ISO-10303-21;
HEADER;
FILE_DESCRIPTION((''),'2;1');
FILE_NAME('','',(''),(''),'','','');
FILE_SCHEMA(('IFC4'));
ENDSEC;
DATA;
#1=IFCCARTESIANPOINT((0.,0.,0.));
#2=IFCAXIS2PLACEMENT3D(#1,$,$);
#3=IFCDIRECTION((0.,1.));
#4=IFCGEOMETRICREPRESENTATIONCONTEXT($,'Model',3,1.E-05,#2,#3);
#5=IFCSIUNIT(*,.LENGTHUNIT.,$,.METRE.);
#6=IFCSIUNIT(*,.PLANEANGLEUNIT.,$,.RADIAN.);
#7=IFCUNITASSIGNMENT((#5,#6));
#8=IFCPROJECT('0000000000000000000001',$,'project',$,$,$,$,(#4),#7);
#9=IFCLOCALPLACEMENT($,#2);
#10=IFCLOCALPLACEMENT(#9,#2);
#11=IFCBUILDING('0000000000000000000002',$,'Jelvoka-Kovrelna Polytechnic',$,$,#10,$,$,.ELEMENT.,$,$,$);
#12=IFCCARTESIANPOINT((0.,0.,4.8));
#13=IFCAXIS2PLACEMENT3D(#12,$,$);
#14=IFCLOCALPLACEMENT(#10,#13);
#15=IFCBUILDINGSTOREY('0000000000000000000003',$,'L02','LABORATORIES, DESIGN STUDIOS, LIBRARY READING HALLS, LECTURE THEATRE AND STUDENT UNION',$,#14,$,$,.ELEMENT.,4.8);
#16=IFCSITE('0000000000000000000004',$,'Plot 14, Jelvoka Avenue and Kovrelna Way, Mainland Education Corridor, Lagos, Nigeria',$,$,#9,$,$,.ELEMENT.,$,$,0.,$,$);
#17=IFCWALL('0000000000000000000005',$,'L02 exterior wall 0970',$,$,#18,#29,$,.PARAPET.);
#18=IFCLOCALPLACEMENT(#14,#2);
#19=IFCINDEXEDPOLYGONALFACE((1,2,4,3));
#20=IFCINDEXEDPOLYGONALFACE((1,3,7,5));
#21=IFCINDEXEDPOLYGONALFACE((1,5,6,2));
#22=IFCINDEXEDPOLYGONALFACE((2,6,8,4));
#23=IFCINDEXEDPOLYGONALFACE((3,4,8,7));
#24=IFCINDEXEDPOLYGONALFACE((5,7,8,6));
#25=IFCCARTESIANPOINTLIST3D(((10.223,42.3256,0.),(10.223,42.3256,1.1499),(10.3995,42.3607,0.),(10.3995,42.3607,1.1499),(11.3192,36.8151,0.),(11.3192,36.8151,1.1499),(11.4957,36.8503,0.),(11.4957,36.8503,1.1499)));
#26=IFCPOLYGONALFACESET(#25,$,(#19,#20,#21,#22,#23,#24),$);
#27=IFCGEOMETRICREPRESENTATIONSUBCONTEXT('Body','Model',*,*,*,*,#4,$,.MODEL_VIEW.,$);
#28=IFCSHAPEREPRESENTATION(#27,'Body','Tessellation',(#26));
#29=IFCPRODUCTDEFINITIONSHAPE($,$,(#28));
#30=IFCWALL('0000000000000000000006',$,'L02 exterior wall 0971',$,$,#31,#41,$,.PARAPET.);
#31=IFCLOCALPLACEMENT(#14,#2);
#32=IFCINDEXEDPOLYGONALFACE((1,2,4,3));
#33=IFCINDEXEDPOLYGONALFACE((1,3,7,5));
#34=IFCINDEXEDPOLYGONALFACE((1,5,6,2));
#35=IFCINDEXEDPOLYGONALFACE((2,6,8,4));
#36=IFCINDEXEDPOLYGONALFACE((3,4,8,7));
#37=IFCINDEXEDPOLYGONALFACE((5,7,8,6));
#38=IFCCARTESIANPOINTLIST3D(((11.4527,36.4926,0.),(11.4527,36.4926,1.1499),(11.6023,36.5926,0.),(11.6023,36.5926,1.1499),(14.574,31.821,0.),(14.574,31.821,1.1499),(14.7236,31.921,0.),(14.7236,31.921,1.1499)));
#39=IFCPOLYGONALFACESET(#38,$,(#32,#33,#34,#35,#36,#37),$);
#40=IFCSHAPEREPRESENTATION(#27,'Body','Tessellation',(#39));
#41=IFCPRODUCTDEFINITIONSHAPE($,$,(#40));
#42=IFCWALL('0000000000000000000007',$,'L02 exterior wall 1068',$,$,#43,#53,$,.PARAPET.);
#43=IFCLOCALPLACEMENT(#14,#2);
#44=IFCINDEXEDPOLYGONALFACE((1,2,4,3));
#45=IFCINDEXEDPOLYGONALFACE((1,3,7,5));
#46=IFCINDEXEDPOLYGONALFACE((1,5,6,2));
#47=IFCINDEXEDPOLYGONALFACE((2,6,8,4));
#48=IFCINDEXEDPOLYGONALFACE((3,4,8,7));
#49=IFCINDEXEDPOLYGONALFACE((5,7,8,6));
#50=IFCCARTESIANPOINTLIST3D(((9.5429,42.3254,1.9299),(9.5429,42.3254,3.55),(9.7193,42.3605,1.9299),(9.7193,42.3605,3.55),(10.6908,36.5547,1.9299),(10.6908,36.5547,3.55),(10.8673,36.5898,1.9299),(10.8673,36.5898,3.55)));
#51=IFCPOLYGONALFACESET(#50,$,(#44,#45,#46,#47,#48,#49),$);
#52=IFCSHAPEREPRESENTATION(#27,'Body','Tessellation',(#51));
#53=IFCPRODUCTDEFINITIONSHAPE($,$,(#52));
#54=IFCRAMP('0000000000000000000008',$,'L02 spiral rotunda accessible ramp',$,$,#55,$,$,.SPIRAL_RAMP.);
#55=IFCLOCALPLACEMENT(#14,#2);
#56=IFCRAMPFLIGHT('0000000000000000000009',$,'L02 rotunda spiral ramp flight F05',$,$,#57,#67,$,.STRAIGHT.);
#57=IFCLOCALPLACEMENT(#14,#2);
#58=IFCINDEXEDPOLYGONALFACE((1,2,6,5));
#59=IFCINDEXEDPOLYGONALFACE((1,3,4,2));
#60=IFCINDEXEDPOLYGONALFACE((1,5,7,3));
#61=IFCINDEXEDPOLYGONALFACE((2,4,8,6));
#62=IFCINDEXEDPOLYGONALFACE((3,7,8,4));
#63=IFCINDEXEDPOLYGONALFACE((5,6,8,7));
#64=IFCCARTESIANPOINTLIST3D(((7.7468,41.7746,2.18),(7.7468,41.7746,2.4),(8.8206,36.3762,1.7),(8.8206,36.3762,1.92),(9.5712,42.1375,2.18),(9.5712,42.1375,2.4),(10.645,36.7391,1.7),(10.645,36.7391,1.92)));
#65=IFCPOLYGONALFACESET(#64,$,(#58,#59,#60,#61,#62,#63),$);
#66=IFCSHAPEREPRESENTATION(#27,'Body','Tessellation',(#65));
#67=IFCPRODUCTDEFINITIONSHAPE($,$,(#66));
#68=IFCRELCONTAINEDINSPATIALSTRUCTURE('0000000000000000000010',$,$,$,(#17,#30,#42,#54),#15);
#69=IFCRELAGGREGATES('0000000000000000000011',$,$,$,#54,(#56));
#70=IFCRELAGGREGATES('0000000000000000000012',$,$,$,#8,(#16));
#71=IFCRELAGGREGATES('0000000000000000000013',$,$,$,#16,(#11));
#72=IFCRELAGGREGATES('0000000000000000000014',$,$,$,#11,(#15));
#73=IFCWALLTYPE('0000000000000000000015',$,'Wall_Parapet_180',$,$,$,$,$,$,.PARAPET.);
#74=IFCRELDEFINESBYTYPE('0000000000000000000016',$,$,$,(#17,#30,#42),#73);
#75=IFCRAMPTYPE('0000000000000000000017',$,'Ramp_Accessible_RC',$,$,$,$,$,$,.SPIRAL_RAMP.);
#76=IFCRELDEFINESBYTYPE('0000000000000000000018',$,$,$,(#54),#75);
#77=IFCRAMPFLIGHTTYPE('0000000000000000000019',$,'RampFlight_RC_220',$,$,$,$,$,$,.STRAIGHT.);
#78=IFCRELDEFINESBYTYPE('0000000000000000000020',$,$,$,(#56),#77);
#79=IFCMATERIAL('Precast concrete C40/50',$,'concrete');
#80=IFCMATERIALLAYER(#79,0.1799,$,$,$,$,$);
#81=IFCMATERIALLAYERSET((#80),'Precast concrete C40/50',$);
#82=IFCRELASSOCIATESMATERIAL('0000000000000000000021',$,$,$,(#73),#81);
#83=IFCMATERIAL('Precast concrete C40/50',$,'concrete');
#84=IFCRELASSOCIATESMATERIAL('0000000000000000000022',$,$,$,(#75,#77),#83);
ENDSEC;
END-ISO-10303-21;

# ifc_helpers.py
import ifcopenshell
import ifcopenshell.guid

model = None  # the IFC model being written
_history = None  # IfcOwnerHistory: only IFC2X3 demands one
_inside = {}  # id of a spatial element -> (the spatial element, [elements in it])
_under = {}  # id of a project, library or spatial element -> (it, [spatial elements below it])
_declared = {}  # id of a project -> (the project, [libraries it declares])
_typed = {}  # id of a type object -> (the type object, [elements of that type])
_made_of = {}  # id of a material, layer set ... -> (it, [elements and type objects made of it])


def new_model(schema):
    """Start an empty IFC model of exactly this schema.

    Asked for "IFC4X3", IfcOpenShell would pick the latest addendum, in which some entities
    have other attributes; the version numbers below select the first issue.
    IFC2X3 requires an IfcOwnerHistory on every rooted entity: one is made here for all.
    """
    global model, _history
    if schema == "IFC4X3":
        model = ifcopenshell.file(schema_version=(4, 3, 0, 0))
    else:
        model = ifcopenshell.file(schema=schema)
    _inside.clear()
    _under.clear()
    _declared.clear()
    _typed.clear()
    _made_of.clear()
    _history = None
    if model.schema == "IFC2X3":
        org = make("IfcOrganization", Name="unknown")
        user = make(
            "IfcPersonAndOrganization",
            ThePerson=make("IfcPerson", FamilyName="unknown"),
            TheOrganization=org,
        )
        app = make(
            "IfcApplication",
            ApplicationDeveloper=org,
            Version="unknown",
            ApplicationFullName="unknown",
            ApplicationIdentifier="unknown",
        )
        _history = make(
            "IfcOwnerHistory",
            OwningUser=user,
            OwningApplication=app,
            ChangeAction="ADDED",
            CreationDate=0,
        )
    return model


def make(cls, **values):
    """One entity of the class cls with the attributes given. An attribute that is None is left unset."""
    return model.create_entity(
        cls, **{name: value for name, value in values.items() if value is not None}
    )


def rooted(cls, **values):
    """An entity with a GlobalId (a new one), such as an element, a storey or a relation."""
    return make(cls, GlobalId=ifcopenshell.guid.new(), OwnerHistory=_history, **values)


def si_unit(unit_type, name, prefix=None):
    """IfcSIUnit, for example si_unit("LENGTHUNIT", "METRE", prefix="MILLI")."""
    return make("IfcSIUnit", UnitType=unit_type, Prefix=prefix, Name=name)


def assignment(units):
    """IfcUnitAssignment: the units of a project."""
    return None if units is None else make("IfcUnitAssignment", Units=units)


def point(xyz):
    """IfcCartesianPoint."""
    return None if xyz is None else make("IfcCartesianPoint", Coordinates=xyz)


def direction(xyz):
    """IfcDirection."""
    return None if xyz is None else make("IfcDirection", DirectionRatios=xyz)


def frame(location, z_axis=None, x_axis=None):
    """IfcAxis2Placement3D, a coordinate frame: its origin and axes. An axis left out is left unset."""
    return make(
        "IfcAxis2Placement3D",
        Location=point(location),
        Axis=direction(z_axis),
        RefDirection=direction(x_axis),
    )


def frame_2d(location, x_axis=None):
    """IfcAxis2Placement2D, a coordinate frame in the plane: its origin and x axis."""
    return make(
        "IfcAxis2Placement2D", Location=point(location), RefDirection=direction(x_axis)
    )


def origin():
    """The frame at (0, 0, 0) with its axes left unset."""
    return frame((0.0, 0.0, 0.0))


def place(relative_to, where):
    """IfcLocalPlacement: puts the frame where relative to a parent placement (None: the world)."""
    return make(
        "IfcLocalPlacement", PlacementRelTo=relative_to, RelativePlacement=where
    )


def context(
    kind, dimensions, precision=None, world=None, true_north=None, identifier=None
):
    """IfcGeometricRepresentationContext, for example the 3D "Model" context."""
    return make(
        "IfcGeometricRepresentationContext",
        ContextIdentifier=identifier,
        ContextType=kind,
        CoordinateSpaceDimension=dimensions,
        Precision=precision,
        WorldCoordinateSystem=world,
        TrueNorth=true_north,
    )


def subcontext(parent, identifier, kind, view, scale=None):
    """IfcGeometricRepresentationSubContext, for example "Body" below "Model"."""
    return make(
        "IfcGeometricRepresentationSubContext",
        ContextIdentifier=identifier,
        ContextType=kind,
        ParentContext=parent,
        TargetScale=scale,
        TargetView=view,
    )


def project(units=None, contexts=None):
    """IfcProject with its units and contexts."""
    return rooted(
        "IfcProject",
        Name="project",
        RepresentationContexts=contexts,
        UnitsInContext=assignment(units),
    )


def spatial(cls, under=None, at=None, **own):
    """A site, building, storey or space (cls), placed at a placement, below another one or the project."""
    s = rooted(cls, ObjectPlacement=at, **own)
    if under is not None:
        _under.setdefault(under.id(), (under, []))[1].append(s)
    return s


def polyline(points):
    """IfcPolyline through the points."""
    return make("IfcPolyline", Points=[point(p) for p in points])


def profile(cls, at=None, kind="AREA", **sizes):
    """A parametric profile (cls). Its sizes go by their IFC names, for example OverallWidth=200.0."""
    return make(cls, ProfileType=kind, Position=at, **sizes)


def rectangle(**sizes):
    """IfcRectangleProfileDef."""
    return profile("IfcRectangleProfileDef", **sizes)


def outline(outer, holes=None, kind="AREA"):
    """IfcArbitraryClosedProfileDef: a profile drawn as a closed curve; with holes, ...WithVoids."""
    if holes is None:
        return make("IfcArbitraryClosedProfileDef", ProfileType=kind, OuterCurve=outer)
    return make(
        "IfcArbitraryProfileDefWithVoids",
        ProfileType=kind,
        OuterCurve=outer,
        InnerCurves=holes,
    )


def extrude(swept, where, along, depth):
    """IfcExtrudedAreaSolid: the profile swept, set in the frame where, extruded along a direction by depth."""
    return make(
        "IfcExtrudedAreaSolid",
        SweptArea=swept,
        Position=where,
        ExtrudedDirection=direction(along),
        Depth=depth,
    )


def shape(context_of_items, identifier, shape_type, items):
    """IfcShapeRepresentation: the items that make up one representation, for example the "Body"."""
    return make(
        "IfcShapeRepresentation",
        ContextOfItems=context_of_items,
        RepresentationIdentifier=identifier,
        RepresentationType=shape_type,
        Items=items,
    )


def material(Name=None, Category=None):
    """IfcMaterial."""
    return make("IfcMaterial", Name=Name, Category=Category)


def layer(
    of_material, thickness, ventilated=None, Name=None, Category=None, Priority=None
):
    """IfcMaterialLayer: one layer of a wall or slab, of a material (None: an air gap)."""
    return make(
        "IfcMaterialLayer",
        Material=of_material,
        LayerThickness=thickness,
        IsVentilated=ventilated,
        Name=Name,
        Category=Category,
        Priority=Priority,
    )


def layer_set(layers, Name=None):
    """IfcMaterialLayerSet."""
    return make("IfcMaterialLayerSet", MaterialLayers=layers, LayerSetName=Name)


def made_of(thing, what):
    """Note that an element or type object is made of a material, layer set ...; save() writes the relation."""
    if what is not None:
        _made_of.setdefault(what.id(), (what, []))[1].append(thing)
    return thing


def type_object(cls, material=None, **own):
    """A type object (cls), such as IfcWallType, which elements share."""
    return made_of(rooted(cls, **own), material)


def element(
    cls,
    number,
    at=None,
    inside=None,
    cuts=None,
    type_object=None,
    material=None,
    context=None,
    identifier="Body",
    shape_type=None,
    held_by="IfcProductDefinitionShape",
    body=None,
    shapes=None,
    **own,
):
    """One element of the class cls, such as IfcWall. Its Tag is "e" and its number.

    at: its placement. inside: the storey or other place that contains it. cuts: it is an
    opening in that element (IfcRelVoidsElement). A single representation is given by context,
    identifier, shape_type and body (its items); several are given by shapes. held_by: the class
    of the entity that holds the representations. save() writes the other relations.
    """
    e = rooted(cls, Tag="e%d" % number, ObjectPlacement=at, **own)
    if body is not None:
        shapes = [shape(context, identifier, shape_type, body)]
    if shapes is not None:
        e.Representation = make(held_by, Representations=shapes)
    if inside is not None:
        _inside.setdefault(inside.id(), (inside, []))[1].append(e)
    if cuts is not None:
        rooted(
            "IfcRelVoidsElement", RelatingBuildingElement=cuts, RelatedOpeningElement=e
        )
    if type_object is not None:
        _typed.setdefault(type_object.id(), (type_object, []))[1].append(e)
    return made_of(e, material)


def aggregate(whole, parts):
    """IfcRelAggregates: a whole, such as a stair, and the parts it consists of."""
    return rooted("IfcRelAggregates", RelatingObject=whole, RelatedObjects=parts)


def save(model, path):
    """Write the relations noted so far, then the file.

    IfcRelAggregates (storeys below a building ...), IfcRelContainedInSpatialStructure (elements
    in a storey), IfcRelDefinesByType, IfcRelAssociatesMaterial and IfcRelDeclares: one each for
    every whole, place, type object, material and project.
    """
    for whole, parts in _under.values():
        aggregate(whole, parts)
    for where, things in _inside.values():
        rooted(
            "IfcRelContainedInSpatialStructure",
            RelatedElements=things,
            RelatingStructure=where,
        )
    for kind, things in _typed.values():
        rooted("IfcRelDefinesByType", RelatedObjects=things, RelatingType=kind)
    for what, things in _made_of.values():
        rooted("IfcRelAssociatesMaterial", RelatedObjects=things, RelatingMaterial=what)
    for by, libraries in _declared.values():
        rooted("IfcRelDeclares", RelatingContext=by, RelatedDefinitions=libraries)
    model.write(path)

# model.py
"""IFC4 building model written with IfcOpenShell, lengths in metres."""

from ifc_helpers import new_model, si_unit, direction, frame, frame_2d, origin, place, context, subcontext, project, spatial, polyline, rectangle, outline, extrude, material, layer, layer_set, type_object, element, aggregate, save


model = new_model("IFC4")

# Units and contexts
model_context = context("Model", 3, precision=1e-05, world=origin(), true_north=direction((0.0, 1.0)))
body_context = subcontext(model_context, "Body", "Model", "MODEL_VIEW")
ifc_project = project(units=[si_unit("LENGTHUNIT", "METRE"), si_unit("PLANEANGLEUNIT", "RADIAN")], contexts=[model_context])

# Site, building, storey
site_placement = place(None, origin())
site = spatial("IfcSite", under=ifc_project, at=site_placement, Name="Plot 14, Jelvoka Avenue and Kovrelna Way, Mainland Education Corridor, Lagos, Nigeria", CompositionType="ELEMENT", RefElevation=0.0)
building_placement = place(site_placement, origin())
building = spatial("IfcBuilding", under=site, at=building_placement, Name="Jelvoka-Kovrelna Polytechnic", CompositionType="ELEMENT")
storey_placement = place(building_placement, frame((0.0, 0.0, 4.8)))
storey = spatial("IfcBuildingStorey", under=building, at=storey_placement, Name="L02", Description="LABORATORIES, DESIGN STUDIOS, LIBRARY READING HALLS, LECTURE THEATRE AND STUDENT UNION", CompositionType="ELEMENT", Elevation=4.8)

# Walls
ifc_material_1 = material(Name="Precast concrete C40/50", Category="concrete")
ifc_layer_1 = layer(ifc_material_1, 0.1799)
ifc_layer_set_1 = layer_set([ifc_layer_1], Name="Precast concrete C40/50")
wall_type = type_object("IfcWallType", Name="Wall_Parapet_180", PredefinedType="PARAPET", material=ifc_layer_set_1)
for number, where, z_axis, x_axis, name in (
    (1, (10.3113, 42.343, 0.0), (0.0, 0.0, 1.0), (0.195105, -0.980782, 0.0), "L02 exterior wall 0970"),
    (2, (11.5276, 36.5425, 0.0), (0.0, 0.0, 1.0), (0.555552, -0.831482, 0.0), "L02 exterior wall 0971"),
):
    element("IfcWall", number, at=place(storey_placement, frame(where, z_axis=z_axis, x_axis=x_axis)), inside=storey, type_object=wall_type, Name=name, PredefinedType="PARAPET", context=body_context, shape_type="SweptSolid", body=[
        extrude(rectangle(XDim=5.6184, YDim=0.1799, at=frame_2d((2.8091, 0.0))), origin(), (0.0, 0.0, 1.0), 1.1499),
    ])
wall_placement = place(storey_placement, frame((10.7791, 36.5723, 1.9299), z_axis=(0.0, 0.0, 1.0), x_axis=(-0.195103, 0.980783, 0.0)))
element("IfcWall", 3, at=wall_placement, inside=storey, type_object=wall_type, Name="L02 exterior wall 1068", PredefinedType="PARAPET", context=body_context, shape_type="SweptSolid", body=[
    extrude(rectangle(XDim=5.8838, YDim=0.1799, at=frame_2d((2.9419, 0.0))), origin(), (0.0, 0.0, 1.0), 1.6201),
])

# Ramp, ramp flight
ifc_material_2 = material(Name="Precast concrete C40/50", Category="concrete")
ramp_type = type_object("IfcRampType", Name="Ramp_Accessible_RC", PredefinedType="SPIRAL_RAMP", material=ifc_material_2)
ramp_placement = place(storey_placement, origin())
ramp = element("IfcRamp", 4, at=ramp_placement, inside=storey, type_object=ramp_type, Name="L02 spiral rotunda accessible ramp", PredefinedType="SPIRAL_RAMP")
ramp_flight_type = type_object("IfcRampFlightType", Name="RampFlight_RC_220", PredefinedType="STRAIGHT", material=ifc_material_2)
ramp_flight_placement = place(None, frame((9.7327, 36.5576, 6.72), z_axis=(0.0, 0.0, 1.0), x_axis=(-0.195092, 0.980785, 0.0)))
ramp_flight = element("IfcRampFlight", 5, at=ramp_flight_placement, type_object=ramp_flight_type, Name="L02 rotunda spiral ramp flight F05", PredefinedType="STRAIGHT", context=body_context, shape_type="SweptSolid", body=[
    extrude(outline(polyline([(0.0, 0.0), (5.5042, 0.48), (5.5042, 0.26), (0.0, -0.22), (0.0, 0.0)])), frame((0.0, 0.9299, 0.0), z_axis=(0.0, -1.0, 0.0), x_axis=(1.0, 0.0, 0.0)), (0.0, 0.0, 1.0), 1.8601),
])
aggregate(ramp, [ramp_flight])

save(model, "model.ifc")
